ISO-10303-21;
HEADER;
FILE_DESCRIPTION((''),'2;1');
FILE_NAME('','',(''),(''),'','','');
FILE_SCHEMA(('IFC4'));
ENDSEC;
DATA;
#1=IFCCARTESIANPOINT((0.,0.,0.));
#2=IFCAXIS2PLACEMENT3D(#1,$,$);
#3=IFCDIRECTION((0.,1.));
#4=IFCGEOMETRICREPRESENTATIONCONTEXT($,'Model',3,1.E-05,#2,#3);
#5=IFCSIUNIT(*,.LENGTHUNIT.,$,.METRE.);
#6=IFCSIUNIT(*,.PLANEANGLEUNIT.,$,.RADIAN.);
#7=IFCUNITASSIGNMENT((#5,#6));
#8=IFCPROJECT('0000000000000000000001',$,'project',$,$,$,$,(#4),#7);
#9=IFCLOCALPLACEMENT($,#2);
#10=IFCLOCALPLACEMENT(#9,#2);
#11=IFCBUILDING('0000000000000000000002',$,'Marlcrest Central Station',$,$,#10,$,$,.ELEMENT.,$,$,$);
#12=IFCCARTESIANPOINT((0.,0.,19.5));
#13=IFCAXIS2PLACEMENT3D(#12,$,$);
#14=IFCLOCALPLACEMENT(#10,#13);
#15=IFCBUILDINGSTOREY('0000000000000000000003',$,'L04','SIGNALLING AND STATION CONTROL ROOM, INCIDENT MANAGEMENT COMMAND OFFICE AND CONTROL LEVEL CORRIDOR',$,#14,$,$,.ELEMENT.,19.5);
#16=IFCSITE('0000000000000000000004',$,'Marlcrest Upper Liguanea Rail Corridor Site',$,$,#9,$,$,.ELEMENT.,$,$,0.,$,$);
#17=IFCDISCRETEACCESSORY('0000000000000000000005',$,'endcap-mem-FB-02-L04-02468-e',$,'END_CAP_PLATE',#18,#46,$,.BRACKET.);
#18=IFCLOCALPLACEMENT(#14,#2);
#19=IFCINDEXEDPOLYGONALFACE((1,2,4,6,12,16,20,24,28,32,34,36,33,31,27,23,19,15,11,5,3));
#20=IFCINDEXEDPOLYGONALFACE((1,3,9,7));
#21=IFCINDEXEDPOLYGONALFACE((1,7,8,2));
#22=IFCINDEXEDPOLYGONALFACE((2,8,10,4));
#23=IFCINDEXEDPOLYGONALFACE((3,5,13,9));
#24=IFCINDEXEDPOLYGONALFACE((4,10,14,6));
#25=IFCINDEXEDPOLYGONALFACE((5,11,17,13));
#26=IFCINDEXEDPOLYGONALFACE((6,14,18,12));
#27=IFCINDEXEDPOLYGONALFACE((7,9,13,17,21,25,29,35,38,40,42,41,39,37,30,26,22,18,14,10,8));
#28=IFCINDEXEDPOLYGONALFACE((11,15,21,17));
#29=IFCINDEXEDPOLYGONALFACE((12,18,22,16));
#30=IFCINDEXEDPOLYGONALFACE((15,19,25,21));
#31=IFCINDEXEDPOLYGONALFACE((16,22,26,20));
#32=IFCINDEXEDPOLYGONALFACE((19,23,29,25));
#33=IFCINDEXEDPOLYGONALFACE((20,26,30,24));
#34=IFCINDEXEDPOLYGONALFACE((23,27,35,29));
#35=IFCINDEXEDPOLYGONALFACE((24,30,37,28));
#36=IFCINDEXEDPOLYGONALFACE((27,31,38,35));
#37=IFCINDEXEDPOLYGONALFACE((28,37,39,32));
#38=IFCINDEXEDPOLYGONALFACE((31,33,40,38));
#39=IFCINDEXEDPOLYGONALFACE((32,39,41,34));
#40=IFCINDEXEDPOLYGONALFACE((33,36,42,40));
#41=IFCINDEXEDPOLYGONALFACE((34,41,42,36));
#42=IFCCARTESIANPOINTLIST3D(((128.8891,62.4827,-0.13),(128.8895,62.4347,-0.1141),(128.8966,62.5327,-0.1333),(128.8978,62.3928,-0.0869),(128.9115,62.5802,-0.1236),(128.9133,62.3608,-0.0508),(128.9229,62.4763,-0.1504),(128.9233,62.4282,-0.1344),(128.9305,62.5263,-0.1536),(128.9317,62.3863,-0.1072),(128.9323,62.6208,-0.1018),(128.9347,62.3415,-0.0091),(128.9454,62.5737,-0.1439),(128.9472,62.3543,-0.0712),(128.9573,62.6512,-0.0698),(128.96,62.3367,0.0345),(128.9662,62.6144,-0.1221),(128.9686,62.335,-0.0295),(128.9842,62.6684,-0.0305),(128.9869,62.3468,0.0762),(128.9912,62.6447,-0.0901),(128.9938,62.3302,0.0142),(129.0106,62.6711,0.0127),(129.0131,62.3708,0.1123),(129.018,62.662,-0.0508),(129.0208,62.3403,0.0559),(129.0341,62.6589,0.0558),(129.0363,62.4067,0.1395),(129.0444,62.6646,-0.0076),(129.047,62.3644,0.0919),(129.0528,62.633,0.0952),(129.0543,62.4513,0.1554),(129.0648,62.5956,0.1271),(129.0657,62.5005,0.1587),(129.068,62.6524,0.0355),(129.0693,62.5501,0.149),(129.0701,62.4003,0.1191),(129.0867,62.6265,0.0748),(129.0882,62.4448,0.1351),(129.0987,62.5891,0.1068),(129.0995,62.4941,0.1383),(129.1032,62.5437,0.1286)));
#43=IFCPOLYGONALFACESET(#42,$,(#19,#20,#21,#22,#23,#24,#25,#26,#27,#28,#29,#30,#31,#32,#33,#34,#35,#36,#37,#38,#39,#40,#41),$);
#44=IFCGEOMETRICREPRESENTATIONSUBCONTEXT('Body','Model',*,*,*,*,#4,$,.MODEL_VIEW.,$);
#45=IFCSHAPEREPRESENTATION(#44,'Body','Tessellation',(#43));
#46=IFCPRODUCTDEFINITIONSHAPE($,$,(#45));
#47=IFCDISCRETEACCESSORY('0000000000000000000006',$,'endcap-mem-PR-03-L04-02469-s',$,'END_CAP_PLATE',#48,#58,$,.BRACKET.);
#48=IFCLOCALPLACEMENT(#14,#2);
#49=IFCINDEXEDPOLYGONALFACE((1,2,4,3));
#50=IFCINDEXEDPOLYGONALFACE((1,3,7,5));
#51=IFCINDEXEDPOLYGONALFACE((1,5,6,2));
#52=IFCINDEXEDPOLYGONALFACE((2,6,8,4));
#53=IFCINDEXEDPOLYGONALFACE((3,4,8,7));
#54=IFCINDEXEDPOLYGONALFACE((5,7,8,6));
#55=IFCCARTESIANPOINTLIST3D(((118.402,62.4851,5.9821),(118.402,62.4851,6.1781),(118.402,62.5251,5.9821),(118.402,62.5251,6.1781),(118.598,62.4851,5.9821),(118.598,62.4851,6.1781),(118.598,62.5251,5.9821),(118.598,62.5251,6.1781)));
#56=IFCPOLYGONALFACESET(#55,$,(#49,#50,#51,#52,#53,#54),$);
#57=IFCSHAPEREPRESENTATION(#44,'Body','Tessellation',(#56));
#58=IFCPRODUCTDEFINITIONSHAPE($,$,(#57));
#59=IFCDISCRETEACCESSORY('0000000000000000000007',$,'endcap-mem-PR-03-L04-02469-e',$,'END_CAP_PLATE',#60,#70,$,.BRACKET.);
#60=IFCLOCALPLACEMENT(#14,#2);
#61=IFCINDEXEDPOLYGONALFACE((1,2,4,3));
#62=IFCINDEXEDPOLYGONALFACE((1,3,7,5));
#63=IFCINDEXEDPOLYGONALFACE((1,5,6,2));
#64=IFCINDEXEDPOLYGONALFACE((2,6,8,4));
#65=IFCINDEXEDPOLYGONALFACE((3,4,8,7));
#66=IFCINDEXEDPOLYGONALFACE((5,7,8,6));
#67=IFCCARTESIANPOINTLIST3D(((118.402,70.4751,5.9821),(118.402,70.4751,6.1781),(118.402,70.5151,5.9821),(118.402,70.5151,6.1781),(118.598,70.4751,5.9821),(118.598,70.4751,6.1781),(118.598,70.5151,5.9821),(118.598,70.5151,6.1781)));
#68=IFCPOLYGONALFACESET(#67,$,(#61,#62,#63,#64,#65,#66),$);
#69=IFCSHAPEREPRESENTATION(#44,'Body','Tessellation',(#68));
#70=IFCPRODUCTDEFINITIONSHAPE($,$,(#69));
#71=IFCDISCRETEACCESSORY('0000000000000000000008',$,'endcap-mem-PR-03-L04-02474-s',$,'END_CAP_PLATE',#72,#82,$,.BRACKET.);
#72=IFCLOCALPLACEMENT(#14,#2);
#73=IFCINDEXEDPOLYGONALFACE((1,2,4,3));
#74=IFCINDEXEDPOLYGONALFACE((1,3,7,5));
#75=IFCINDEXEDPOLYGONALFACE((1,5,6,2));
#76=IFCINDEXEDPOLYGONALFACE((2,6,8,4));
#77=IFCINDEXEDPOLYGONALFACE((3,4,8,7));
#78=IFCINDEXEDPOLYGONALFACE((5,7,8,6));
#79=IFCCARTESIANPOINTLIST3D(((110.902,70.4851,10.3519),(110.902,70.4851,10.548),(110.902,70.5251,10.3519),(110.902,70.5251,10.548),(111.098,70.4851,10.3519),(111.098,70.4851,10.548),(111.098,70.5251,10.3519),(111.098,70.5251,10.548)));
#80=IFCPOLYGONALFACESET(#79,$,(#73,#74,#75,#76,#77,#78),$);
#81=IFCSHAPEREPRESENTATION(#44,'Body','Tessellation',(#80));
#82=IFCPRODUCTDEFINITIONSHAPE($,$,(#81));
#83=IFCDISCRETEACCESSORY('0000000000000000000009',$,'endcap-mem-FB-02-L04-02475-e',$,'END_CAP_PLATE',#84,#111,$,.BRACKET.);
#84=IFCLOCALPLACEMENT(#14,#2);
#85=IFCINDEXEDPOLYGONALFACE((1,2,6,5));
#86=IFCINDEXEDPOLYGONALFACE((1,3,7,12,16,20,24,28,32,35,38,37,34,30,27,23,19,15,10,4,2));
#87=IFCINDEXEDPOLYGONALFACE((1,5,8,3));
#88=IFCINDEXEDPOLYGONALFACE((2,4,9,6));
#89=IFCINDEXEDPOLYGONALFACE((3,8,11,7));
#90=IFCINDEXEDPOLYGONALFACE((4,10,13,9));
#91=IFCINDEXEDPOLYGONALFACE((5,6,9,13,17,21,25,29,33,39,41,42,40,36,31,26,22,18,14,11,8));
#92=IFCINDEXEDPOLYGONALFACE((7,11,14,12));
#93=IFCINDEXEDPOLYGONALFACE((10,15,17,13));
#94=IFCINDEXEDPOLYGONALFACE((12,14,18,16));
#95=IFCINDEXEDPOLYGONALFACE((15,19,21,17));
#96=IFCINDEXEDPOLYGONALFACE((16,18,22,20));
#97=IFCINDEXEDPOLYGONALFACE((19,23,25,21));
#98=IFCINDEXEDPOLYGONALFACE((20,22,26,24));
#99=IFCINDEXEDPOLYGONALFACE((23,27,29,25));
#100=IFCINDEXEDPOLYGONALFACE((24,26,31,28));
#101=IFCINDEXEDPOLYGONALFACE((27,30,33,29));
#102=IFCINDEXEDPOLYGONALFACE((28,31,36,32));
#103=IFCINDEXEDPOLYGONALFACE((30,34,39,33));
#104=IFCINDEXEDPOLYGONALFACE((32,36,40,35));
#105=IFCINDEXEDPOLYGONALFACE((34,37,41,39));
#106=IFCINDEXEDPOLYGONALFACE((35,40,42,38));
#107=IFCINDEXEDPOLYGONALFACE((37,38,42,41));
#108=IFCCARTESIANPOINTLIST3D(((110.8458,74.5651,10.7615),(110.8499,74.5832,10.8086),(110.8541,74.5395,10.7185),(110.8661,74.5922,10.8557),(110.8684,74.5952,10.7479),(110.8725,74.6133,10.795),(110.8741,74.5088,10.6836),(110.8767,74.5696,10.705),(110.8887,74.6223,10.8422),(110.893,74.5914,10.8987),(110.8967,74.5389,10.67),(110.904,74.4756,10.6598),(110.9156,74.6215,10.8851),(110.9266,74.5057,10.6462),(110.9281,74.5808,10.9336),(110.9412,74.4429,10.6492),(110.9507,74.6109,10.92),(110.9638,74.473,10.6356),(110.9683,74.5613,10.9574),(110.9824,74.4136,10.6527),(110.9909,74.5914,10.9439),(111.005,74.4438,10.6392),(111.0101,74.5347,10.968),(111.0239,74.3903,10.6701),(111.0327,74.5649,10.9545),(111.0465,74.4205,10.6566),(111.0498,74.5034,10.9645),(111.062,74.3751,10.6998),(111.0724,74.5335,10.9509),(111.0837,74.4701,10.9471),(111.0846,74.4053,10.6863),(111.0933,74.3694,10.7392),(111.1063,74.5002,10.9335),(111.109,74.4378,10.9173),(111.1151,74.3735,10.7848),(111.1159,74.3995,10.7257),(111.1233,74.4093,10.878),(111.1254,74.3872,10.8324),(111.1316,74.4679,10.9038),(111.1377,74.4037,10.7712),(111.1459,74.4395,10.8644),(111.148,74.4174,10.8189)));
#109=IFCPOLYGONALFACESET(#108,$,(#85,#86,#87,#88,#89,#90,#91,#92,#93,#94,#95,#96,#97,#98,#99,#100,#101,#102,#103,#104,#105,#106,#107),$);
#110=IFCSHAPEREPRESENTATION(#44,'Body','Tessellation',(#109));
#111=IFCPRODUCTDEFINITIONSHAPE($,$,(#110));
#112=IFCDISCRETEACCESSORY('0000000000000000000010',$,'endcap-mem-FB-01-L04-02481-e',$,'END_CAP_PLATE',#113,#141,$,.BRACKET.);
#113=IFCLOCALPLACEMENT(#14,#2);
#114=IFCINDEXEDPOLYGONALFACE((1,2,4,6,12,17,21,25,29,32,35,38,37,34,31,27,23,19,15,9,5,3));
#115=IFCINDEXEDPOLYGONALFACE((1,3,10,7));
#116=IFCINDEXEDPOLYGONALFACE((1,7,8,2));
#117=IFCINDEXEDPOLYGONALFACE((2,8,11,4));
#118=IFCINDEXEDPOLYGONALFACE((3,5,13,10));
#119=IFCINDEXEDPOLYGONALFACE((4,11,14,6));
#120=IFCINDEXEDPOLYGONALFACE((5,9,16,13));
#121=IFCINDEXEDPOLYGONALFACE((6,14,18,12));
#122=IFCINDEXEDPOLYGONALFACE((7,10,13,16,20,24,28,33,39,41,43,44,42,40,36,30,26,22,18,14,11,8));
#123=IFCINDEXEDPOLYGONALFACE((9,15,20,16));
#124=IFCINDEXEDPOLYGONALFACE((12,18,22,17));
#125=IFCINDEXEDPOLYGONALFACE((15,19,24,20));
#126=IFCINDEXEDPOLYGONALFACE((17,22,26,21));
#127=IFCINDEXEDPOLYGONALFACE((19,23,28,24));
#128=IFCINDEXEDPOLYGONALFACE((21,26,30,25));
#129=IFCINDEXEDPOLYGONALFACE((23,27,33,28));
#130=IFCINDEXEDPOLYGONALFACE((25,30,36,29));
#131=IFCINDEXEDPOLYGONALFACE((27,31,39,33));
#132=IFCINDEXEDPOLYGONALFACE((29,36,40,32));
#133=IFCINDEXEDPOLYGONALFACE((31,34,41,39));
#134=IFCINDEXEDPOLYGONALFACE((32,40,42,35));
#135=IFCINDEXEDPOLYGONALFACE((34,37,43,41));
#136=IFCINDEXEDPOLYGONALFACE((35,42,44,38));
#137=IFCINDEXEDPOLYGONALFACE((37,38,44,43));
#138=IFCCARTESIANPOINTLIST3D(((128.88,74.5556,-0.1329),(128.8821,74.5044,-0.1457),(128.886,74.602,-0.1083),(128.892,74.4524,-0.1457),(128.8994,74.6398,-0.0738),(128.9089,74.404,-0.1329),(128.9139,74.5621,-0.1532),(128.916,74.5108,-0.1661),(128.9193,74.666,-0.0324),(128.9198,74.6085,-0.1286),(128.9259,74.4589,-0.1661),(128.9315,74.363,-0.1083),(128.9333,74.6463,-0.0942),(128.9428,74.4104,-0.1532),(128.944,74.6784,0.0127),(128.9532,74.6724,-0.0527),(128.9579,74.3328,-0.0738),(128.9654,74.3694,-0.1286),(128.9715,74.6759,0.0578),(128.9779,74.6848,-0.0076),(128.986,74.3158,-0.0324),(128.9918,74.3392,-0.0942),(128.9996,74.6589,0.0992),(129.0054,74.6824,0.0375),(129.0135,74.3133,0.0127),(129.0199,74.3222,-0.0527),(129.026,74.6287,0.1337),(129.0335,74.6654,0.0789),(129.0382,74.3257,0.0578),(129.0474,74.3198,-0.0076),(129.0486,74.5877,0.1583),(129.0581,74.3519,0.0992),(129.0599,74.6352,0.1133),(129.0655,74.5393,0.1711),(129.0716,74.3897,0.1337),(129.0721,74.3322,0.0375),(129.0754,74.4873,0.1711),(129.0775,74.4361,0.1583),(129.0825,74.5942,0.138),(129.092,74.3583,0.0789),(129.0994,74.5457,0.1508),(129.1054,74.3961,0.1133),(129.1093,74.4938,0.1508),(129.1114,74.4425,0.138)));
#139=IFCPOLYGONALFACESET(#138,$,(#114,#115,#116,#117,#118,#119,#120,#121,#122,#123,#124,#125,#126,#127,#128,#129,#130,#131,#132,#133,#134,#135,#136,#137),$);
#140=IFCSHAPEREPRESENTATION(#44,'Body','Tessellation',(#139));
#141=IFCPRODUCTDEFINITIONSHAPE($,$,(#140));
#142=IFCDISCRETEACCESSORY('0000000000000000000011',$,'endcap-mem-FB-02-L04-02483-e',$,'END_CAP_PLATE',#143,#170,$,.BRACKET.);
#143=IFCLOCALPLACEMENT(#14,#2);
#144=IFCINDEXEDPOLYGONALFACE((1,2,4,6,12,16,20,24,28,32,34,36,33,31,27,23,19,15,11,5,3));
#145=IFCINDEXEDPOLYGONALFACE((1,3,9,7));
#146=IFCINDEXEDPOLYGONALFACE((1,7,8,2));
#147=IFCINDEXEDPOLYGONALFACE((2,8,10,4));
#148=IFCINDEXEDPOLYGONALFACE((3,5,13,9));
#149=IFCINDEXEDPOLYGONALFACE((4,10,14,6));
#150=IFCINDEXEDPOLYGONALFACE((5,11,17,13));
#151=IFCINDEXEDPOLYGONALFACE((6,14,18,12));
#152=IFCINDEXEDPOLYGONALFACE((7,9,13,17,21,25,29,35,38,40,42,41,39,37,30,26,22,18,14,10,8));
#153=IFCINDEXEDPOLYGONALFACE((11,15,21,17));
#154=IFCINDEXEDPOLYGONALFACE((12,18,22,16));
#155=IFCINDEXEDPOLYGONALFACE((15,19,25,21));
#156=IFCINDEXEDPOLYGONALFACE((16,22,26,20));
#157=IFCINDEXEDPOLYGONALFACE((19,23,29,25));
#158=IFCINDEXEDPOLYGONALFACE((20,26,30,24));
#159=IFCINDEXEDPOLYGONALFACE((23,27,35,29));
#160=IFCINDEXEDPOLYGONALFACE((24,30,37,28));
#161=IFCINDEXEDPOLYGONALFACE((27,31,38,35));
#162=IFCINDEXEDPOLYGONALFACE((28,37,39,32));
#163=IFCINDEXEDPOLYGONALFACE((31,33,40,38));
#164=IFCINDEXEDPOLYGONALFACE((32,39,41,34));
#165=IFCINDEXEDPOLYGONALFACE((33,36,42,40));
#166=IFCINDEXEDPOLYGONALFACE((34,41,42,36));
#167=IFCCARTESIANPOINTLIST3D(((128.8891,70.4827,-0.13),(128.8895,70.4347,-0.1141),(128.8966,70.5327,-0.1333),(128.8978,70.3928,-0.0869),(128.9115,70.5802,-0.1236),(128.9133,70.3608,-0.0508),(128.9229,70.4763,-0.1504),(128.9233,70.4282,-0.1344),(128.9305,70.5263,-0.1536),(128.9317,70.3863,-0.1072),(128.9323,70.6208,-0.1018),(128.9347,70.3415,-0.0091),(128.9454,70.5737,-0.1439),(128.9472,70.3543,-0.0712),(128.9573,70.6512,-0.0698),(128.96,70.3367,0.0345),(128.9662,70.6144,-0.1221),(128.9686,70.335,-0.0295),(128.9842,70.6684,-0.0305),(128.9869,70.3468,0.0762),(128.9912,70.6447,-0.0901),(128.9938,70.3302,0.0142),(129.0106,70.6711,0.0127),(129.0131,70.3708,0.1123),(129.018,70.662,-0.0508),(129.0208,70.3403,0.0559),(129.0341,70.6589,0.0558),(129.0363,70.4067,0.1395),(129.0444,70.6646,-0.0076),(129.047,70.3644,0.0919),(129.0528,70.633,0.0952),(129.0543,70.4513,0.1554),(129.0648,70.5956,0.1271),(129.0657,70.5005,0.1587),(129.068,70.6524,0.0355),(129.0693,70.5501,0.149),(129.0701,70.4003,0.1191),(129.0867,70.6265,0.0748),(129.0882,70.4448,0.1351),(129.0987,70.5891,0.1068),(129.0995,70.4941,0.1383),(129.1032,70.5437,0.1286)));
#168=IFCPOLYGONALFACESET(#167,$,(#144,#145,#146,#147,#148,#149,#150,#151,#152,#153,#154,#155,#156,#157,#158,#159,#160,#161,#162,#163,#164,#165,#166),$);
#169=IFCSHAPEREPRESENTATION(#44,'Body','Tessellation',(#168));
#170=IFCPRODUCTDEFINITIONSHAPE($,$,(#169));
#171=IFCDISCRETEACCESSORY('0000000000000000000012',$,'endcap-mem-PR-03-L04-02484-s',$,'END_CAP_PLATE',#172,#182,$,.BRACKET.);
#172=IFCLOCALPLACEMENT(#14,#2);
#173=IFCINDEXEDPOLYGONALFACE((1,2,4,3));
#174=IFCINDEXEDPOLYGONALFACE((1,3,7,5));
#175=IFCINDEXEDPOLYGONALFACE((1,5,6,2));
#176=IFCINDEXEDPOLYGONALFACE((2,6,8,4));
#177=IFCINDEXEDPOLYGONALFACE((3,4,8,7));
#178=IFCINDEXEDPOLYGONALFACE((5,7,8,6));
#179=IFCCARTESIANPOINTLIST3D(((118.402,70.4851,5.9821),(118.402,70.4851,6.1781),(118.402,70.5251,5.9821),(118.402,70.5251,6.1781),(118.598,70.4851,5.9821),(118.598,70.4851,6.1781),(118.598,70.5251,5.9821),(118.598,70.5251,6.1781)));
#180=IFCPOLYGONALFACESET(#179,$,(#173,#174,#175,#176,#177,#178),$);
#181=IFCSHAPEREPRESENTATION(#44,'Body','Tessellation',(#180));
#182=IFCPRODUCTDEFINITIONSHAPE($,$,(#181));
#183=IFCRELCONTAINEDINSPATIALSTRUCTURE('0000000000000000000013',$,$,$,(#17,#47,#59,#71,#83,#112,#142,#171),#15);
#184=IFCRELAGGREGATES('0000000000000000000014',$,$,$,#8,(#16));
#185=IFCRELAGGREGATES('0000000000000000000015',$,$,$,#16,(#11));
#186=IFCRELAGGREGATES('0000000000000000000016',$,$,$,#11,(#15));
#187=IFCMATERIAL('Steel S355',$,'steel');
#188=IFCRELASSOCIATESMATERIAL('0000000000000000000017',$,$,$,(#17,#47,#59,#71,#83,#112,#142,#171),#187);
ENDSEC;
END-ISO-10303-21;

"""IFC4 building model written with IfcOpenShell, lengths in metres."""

from ifc_helpers import new_model, si_unit, direction, frame, origin, origin_2d, place, context, subcontext, project, spatial, rectangle, circle, extrude, material, element, save


model = new_model("IFC4")

# Units and contexts
model_context = context("Model", 3, precision=1e-05, world=origin(), true_north=direction((0.0, 1.0)))
body_context = subcontext(model_context, "Body", "Model", "MODEL_VIEW")
ifc_project = project(units=[si_unit("LENGTHUNIT", "METRE"), si_unit("PLANEANGLEUNIT", "RADIAN")], contexts=[model_context])

# Site, building, storey
site_placement = place(None, origin())
site = spatial("IfcSite", under=ifc_project, at=site_placement, Name="Marlcrest Upper Liguanea Rail Corridor Site", CompositionType="ELEMENT", RefElevation=0.0)
building_placement = place(site_placement, origin())
building = spatial("IfcBuilding", under=site, at=building_placement, Name="Marlcrest Central Station", CompositionType="ELEMENT")
storey_placement = place(building_placement, frame((0.0, 0.0, 19.5)))
storey = spatial("IfcBuildingStorey", under=building, at=storey_placement, Name="L04", Description="SIGNALLING AND STATION CONTROL ROOM, INCIDENT MANAGEMENT COMMAND OFFICE AND CONTROL LEVEL CORRIDOR", CompositionType="ELEMENT", Elevation=19.5)

# Shared definitions
ifc_material_1 = material(Name="Steel S355", Category="steel")

# Discrete accessories
discrete_accessory_1_placement = place(storey_placement, frame((128.9788, 62.5042, 0.0127), z_axis=(0.846277, -0.161196, -0.50777), x_axis=(0.187112, 0.982339, 0.0)))
element("IfcDiscreteAccessory", 1, at=discrete_accessory_1_placement, inside=storey, material=ifc_material_1, Name="endcap-mem-FB-02-L04-02468-e", ObjectType="END_CAP_PLATE", PredefinedType="BRACKET", context=body_context, shape_type="SweptSolid", body=[
    extrude(circle(Radius=0.1699, at=origin_2d()), origin(), (0.0, 0.0, 1.0), 0.04),
])
for number, where, z_axis, x_axis, name in (
    (2, (118.5, 62.4851, 6.0801), (0.0, 1.0, 0.0), (-1.0, 0.0, 0.0), "endcap-mem-PR-03-L04-02469-s"),
    (3, (118.5, 70.4751, 6.0801), (0.0, 1.0, 0.0), (-1.0, 0.0, 0.0), "endcap-mem-PR-03-L04-02469-e"),
    (4, (111.0, 70.4851, 10.45), (0.0, 1.0, 0.0), (-1.0, 0.0, 0.0), "endcap-mem-PR-03-L04-02474-s"),
):
    element("IfcDiscreteAccessory", number, at=place(storey_placement, frame(where, z_axis=z_axis, x_axis=x_axis)), inside=storey, material=ifc_material_1, Name=name, ObjectType="END_CAP_PLATE", PredefinedType="BRACKET", context=body_context, shape_type="SweptSolid", body=[
        extrude(rectangle(XDim=0.196, YDim=0.196, at=origin_2d()), origin(), (0.0, 0.0, 1.0), 0.04),
    ])
discrete_accessory_2_placement = place(storey_placement, frame((110.9858, 74.4812, 10.8086), z_axis=(0.564531, 0.752708, -0.338728), x_axis=(-0.8, 0.6, 0.0)))
element("IfcDiscreteAccessory", 5, at=discrete_accessory_2_placement, inside=storey, material=ifc_material_1, Name="endcap-mem-FB-02-L04-02475-e", ObjectType="END_CAP_PLATE", PredefinedType="BRACKET", context=body_context, shape_type="SweptSolid", body=[
    extrude(circle(Radius=0.1699, at=origin_2d()), origin(), (0.0, 0.0, 1.0), 0.04),
])
discrete_accessory_3_placement = place(storey_placement, frame((128.9788, 74.4958, 0.0127), z_axis=(0.846277, 0.161196, -0.50777), x_axis=(-0.187112, 0.982339, 0.0)))
element("IfcDiscreteAccessory", 6, at=discrete_accessory_3_placement, inside=storey, material=ifc_material_1, Name="endcap-mem-FB-01-L04-02481-e", ObjectType="END_CAP_PLATE", PredefinedType="BRACKET", context=body_context, shape_type="SweptSolid", body=[
    extrude(circle(Radius=0.1858, at=origin_2d()), origin(), (0.0, 0.0, 1.0), 0.04),
])
discrete_accessory_4_placement = place(storey_placement, frame((128.9788, 70.5042, 0.0127), z_axis=(0.846277, -0.161196, -0.50777), x_axis=(0.187112, 0.982339, 0.0)))
element("IfcDiscreteAccessory", 7, at=discrete_accessory_4_placement, inside=storey, material=ifc_material_1, Name="endcap-mem-FB-02-L04-02483-e", ObjectType="END_CAP_PLATE", PredefinedType="BRACKET", context=body_context, shape_type="SweptSolid", body=[
    extrude(circle(Radius=0.1699, at=origin_2d()), origin(), (0.0, 0.0, 1.0), 0.04),
])
discrete_accessory_5_placement = place(storey_placement, frame((118.5, 70.4851, 6.0801), z_axis=(0.0, 1.0, 0.0), x_axis=(-1.0, 0.0, 0.0)))
element("IfcDiscreteAccessory", 8, at=discrete_accessory_5_placement, inside=storey, material=ifc_material_1, Name="endcap-mem-PR-03-L04-02484-s", ObjectType="END_CAP_PLATE", PredefinedType="BRACKET", context=body_context, shape_type="SweptSolid", body=[
    extrude(rectangle(XDim=0.196, YDim=0.196, at=origin_2d()), origin(), (0.0, 0.0, 1.0), 0.04),
])

save(model, "model.ifc")
